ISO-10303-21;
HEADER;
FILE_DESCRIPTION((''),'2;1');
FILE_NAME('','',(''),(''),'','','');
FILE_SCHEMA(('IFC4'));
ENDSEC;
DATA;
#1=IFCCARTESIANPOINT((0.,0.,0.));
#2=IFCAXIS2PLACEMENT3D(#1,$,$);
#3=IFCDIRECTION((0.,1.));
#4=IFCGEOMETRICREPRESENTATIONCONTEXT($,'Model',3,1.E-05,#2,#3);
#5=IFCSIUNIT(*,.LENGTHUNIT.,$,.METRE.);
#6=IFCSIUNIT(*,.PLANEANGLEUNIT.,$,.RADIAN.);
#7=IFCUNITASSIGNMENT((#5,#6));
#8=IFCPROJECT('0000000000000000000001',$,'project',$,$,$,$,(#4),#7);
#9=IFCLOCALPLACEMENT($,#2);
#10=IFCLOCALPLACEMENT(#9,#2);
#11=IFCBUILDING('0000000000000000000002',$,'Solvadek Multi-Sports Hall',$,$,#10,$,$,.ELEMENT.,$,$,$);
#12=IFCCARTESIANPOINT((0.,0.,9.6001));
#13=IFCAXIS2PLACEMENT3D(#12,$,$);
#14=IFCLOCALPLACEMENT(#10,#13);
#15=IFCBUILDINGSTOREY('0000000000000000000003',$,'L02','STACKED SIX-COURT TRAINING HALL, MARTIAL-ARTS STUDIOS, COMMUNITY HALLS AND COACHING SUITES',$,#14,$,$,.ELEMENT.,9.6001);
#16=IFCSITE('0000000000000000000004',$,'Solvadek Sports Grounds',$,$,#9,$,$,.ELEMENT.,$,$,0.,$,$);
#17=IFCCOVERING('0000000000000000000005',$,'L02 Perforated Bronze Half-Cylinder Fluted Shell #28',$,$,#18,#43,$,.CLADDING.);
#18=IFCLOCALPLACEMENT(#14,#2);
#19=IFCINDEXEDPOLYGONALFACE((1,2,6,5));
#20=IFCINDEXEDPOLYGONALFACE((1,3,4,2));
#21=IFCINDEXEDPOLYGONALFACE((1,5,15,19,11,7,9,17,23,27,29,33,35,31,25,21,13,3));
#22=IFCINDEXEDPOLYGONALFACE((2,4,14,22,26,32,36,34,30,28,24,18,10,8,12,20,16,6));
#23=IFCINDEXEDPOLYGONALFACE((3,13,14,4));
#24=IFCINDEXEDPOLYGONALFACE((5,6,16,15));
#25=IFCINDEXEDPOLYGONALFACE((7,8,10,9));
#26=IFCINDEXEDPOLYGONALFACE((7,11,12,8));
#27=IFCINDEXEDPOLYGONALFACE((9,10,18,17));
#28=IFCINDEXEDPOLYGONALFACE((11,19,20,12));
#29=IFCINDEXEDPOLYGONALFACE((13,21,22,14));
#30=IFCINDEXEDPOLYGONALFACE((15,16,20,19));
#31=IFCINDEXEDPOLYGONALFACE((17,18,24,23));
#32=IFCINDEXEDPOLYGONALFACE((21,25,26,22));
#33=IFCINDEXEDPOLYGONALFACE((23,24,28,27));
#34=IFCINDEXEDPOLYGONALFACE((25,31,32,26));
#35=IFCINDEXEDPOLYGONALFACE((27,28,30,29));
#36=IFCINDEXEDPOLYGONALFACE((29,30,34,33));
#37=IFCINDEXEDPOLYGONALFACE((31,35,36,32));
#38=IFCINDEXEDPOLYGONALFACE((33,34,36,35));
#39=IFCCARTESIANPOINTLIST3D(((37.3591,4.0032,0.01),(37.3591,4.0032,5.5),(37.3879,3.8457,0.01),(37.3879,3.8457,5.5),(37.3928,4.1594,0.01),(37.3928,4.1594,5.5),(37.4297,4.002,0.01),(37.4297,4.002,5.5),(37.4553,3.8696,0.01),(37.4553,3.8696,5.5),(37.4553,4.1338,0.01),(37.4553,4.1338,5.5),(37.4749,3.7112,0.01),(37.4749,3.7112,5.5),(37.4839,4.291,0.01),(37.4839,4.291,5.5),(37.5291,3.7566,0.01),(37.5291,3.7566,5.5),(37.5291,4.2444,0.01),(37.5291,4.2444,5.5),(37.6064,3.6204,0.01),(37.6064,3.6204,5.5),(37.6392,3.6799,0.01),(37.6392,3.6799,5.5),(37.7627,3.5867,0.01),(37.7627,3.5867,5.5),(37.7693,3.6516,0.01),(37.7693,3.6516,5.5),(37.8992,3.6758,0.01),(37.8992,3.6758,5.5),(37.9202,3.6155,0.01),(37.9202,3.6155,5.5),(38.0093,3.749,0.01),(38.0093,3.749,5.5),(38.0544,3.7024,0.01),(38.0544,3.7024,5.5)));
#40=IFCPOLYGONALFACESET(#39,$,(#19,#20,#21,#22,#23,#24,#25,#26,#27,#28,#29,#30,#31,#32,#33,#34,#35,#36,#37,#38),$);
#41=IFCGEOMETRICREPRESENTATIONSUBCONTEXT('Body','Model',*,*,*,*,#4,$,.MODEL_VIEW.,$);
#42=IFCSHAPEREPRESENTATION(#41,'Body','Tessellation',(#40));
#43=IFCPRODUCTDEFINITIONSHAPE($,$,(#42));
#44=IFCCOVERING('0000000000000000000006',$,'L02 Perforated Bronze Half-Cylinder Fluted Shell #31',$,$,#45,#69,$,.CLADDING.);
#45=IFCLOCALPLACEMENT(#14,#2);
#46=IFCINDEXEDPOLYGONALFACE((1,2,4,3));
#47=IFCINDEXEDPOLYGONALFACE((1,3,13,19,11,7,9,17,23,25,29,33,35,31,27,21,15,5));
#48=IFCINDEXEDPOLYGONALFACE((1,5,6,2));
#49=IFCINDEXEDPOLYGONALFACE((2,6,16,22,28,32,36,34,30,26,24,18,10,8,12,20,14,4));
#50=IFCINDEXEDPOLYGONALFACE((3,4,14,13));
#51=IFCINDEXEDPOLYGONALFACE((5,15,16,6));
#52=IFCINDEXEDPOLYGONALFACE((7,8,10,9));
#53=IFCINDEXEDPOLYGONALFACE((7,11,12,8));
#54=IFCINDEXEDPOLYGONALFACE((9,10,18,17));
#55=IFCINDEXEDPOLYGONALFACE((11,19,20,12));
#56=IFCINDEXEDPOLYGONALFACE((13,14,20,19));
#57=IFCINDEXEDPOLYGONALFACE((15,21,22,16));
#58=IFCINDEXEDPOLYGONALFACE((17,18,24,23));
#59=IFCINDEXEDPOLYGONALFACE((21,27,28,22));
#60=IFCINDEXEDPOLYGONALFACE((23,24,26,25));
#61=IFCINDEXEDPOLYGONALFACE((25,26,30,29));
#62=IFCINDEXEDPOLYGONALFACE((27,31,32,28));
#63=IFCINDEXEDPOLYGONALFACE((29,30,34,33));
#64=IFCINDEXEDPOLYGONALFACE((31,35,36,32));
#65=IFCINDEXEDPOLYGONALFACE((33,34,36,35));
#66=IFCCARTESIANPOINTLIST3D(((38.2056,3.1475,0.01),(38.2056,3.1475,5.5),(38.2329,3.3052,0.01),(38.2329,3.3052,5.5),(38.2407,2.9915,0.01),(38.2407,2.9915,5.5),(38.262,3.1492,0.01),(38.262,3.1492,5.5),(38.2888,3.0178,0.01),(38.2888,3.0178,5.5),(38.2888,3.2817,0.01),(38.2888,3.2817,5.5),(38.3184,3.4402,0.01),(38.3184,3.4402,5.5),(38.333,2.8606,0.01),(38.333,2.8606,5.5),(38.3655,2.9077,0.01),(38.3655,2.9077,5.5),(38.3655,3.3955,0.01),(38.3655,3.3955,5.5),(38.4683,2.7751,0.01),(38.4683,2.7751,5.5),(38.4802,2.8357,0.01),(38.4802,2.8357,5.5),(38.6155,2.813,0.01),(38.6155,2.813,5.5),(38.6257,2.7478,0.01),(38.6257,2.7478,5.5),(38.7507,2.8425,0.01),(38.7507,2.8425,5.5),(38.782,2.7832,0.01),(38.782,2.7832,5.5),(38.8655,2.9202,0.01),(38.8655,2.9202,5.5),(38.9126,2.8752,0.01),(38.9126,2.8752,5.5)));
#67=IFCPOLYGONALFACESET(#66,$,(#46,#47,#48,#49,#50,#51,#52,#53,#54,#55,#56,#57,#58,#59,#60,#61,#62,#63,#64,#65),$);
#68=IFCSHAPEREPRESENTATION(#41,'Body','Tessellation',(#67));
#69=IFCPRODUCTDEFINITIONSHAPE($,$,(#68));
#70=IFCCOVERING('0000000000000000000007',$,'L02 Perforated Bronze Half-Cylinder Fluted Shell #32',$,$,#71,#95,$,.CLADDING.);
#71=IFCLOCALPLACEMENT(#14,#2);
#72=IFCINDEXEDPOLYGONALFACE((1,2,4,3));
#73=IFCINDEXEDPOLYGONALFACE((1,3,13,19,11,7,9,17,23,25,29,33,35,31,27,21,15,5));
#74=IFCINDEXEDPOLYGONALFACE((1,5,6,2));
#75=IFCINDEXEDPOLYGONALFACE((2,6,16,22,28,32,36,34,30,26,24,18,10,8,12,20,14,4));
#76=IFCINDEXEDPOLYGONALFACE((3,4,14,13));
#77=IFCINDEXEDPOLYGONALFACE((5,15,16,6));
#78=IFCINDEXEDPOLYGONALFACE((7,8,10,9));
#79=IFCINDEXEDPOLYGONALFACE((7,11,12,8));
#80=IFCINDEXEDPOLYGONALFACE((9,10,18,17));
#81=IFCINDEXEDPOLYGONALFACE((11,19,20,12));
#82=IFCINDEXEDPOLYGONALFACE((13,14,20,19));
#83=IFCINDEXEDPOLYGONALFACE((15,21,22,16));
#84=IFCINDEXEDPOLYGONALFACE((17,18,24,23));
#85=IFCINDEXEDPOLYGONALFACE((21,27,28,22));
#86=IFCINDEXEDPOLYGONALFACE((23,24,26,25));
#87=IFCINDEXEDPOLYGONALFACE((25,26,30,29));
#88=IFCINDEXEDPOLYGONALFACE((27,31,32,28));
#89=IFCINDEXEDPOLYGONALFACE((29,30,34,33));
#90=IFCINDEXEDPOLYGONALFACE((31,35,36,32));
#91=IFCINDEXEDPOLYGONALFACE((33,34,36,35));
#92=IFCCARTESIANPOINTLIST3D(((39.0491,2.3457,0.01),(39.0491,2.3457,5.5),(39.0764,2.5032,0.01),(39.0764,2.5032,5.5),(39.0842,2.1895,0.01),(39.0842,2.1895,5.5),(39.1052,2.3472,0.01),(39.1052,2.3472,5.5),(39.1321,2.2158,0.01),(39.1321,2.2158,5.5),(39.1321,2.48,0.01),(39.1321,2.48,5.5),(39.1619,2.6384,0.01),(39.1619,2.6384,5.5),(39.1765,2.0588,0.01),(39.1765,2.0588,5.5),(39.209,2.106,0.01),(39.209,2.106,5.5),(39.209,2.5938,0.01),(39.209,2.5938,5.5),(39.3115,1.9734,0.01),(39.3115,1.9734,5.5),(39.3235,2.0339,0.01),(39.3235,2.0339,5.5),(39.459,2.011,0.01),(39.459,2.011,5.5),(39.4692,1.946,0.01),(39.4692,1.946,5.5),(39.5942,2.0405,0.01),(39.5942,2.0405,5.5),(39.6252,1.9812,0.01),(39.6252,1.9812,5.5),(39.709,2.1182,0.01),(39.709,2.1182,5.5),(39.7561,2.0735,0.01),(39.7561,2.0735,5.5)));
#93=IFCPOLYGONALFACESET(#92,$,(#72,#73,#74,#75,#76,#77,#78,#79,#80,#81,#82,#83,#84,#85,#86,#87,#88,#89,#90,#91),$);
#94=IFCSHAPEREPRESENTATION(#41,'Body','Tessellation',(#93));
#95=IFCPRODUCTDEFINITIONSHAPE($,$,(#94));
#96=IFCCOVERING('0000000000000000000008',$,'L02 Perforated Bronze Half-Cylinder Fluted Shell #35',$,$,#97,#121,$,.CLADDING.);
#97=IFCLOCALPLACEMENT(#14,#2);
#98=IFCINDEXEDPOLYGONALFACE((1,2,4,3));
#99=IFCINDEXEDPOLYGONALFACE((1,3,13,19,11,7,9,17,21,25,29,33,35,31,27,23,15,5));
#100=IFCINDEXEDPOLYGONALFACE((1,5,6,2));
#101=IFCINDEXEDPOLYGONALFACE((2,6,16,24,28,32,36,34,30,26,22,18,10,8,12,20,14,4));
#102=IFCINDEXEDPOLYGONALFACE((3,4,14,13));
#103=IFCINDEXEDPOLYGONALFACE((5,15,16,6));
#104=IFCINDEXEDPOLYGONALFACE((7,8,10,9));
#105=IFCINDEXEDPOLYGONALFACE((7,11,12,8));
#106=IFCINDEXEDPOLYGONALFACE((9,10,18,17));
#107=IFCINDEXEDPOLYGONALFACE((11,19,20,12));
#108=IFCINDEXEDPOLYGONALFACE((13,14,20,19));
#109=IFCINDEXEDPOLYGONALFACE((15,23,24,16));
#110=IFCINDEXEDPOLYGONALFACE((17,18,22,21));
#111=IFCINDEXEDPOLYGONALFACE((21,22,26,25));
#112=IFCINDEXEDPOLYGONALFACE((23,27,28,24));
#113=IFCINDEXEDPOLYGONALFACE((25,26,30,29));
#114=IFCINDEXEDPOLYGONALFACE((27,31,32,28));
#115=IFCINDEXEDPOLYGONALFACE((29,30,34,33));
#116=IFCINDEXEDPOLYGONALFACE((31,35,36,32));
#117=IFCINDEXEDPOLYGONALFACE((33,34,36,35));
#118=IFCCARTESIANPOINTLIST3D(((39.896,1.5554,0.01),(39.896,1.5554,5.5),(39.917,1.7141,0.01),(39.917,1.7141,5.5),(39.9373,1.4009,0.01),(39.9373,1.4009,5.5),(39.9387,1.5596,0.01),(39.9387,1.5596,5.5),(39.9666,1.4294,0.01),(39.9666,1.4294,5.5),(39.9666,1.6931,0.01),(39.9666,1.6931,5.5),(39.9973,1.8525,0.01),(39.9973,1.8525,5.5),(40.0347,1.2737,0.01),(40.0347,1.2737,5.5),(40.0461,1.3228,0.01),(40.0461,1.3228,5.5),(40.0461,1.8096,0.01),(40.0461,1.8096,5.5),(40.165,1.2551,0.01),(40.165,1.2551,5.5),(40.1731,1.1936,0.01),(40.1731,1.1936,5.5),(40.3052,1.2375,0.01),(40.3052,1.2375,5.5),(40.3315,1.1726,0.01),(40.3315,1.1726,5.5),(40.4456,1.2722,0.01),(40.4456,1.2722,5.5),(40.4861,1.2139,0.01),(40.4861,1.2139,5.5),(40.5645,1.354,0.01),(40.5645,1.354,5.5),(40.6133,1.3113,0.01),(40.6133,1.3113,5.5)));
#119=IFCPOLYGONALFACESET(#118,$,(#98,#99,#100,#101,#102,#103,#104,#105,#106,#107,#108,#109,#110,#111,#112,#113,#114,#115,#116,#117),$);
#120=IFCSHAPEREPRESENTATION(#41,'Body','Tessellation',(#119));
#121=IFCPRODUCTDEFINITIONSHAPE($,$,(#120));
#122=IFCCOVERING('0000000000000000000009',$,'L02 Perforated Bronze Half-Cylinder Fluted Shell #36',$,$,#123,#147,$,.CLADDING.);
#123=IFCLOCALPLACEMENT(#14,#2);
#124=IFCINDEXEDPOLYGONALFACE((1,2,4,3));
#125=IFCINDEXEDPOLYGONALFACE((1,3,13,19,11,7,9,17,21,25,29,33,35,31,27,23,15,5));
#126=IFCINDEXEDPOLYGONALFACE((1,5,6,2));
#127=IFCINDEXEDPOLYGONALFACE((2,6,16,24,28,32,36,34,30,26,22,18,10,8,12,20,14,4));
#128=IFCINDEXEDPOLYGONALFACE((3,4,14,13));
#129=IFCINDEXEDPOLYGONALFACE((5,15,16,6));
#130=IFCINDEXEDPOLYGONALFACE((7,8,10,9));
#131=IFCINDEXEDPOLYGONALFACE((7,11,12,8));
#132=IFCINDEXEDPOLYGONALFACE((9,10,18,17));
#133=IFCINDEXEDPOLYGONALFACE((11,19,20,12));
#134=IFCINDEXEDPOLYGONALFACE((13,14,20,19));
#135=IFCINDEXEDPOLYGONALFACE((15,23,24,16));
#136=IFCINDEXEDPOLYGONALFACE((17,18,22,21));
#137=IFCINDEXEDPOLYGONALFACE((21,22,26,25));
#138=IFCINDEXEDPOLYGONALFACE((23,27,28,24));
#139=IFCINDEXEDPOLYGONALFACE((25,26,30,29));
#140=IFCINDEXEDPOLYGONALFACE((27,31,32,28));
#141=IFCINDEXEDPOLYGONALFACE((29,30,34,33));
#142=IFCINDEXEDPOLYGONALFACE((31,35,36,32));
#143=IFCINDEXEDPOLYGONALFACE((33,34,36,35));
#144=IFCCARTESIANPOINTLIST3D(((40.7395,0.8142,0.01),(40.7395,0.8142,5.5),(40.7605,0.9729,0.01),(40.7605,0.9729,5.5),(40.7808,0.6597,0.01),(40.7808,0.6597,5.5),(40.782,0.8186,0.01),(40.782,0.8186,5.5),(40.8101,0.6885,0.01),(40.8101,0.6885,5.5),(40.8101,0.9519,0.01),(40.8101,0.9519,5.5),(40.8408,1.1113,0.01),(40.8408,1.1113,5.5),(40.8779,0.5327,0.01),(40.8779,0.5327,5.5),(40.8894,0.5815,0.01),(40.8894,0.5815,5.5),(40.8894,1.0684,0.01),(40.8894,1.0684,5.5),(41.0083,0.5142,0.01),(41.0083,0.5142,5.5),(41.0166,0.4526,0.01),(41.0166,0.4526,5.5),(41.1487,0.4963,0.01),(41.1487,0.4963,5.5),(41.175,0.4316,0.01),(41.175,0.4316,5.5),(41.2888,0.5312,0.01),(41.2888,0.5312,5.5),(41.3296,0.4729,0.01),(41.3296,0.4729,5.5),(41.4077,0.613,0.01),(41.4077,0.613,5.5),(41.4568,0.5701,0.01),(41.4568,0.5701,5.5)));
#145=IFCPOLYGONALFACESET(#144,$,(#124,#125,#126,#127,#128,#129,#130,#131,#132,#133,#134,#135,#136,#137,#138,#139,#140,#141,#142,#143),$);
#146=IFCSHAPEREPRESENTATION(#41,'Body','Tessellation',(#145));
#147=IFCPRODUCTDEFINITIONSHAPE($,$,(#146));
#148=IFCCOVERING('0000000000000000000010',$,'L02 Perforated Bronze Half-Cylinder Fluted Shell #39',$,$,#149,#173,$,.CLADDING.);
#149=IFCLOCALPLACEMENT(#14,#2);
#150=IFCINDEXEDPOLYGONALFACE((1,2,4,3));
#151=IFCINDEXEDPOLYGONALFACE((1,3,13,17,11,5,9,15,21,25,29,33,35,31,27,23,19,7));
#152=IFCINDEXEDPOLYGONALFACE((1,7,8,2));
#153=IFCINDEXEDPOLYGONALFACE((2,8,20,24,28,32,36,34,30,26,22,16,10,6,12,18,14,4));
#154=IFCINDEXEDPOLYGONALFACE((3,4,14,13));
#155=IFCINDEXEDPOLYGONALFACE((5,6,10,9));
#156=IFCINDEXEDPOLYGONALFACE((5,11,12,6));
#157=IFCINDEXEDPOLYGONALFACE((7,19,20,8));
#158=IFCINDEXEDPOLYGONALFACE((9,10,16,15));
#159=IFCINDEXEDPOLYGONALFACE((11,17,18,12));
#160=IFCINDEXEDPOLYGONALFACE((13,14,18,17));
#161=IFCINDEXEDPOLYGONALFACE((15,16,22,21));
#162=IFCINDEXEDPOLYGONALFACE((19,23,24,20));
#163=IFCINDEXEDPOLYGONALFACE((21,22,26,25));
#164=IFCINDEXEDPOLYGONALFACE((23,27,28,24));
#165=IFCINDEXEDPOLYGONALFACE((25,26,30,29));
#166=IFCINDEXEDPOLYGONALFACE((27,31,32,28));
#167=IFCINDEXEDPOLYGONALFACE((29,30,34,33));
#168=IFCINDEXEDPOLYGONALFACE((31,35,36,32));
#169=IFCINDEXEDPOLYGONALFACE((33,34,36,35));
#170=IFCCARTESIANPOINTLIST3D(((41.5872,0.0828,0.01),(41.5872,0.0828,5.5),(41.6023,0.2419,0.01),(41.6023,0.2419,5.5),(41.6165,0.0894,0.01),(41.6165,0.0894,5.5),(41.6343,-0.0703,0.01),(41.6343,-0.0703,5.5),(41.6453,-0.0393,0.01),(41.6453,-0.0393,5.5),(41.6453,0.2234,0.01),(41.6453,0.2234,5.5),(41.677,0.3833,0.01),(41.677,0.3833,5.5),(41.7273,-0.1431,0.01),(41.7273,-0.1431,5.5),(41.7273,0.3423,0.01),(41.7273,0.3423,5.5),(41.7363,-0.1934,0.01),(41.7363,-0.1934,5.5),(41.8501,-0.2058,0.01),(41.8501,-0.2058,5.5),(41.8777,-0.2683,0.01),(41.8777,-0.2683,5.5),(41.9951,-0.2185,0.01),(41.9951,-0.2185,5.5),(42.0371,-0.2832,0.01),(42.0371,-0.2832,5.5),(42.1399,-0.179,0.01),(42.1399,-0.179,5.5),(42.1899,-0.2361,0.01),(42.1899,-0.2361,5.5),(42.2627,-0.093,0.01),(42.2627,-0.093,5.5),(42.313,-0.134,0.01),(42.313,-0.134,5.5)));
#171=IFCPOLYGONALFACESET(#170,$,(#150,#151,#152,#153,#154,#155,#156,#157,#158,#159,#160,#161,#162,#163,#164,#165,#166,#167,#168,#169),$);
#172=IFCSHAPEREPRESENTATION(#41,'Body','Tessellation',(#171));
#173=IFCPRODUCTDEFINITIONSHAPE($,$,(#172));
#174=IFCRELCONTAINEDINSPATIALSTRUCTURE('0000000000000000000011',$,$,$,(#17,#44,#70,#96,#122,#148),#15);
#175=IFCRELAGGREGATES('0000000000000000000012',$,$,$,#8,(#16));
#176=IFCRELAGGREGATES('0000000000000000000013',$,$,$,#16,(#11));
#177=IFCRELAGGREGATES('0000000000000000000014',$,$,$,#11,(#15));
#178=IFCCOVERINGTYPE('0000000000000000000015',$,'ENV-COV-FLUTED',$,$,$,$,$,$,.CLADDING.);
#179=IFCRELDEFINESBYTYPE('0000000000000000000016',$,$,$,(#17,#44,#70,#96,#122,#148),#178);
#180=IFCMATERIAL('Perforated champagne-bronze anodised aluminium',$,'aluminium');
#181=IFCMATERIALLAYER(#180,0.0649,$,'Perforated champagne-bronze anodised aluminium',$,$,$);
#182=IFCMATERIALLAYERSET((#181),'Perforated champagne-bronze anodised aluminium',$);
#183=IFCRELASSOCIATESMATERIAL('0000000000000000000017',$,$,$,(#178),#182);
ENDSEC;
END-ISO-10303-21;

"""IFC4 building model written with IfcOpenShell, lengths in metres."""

from ifc_helpers import new_model, si_unit, direction, frame, origin, place, context, subcontext, project, spatial, polyline, outline, extrude, material, layer, layer_set, type_object, element, save


model = new_model("IFC4")

# Units and contexts
model_context = context("Model", 3, precision=1e-05, world=origin(), true_north=direction((0.0, 1.0)))
body_context = subcontext(model_context, "Body", "Model", "MODEL_VIEW")
ifc_project = project(units=[si_unit("LENGTHUNIT", "METRE"), si_unit("PLANEANGLEUNIT", "RADIAN")], contexts=[model_context])

# Site, building, storey
site_placement = place(None, origin())
site = spatial("IfcSite", under=ifc_project, at=site_placement, Name="Solvadek Sports Grounds", CompositionType="ELEMENT", RefElevation=0.0)
building_placement = place(site_placement, origin())
building = spatial("IfcBuilding", under=site, at=building_placement, Name="Solvadek Multi-Sports Hall", CompositionType="ELEMENT")
storey_placement = place(building_placement, frame((0.0, 0.0, 9.6001)))
storey = spatial("IfcBuildingStorey", under=building, at=storey_placement, Name="L02", Description="STACKED SIX-COURT TRAINING HALL, MARTIAL-ARTS STUDIOS, COMMUNITY HALLS AND COACHING SUITES", CompositionType="ELEMENT", Elevation=9.6001)

# Coverings
ifc_material = material(Name="Perforated champagne-bronze anodised aluminium", Category="aluminium")
ifc_layer = layer(ifc_material, 0.0649, Name="Perforated champagne-bronze anodised aluminium")
ifc_layer_set = layer_set([ifc_layer], Name="Perforated champagne-bronze anodised aluminium")
covering_type = type_object("IfcCoveringType", Name="ENV-COV-FLUTED", PredefinedType="CLADDING", material=ifc_layer_set)
covering_1_placement = place(storey_placement, frame((0.0, 0.0, 0.01)))
element("IfcCovering", 1, at=covering_1_placement, inside=storey, type_object=covering_type, Name="L02 Perforated Bronze Half-Cylinder Fluted Shell #28", PredefinedType="CLADDING", context=body_context, shape_type="SweptSolid", body=[
    extrude(outline(polyline([(38.0544, 3.7024), (37.9202, 3.6155), (37.7627, 3.5867), (37.6064, 3.6204), (37.4749, 3.7112), (37.3879, 3.8457), (37.3591, 4.0032), (37.3928, 4.1594), (37.4839, 4.291), (37.5291, 4.2444), (37.4553, 4.1338), (37.4297, 4.002), (37.4553, 3.8696), (37.5291, 3.7566), (37.6392, 3.6799), (37.7693, 3.6516), (37.8992, 3.6758), (38.0093, 3.749), (38.0544, 3.7024)])), origin(), (0.0, 0.0, 1.0), 5.49),
])
covering_2_placement = place(storey_placement, frame((0.0, 0.0, 0.01)))
element("IfcCovering", 2, at=covering_2_placement, inside=storey, type_object=covering_type, Name="L02 Perforated Bronze Half-Cylinder Fluted Shell #31", PredefinedType="CLADDING", context=body_context, shape_type="SweptSolid", body=[
    extrude(outline(polyline([(38.9126, 2.8752), (38.782, 2.7832), (38.6257, 2.7478), (38.4683, 2.7751), (38.333, 2.8606), (38.2407, 2.9915), (38.2056, 3.1475), (38.2329, 3.3052), (38.3184, 3.4402), (38.3655, 3.3955), (38.2888, 3.2817), (38.262, 3.1492), (38.2888, 3.0178), (38.3655, 2.9077), (38.4802, 2.8357), (38.6155, 2.813), (38.7507, 2.8425), (38.8655, 2.9202), (38.9126, 2.8752)])), origin(), (0.0, 0.0, 1.0), 5.49),
])
covering_3_placement = place(storey_placement, frame((0.0, 0.0, 0.01)))
element("IfcCovering", 3, at=covering_3_placement, inside=storey, type_object=covering_type, Name="L02 Perforated Bronze Half-Cylinder Fluted Shell #32", PredefinedType="CLADDING", context=body_context, shape_type="SweptSolid", body=[
    extrude(outline(polyline([(39.7561, 2.0735), (39.6252, 1.9812), (39.4692, 1.946), (39.3115, 1.9734), (39.1765, 2.0588), (39.0842, 2.1895), (39.0491, 2.3457), (39.0764, 2.5032), (39.1619, 2.6384), (39.209, 2.5938), (39.1321, 2.48), (39.1052, 2.3472), (39.1321, 2.2158), (39.209, 2.106), (39.3235, 2.0339), (39.459, 2.011), (39.5942, 2.0405), (39.709, 2.1182), (39.7561, 2.0735)])), origin(), (0.0, 0.0, 1.0), 5.49),
])
covering_4_placement = place(storey_placement, frame((0.0, 0.0, 0.01)))
element("IfcCovering", 4, at=covering_4_placement, inside=storey, type_object=covering_type, Name="L02 Perforated Bronze Half-Cylinder Fluted Shell #35", PredefinedType="CLADDING", context=body_context, shape_type="SweptSolid", body=[
    extrude(outline(polyline([(40.6133, 1.3113), (40.4861, 1.2139), (40.3315, 1.1726), (40.1731, 1.1936), (40.0347, 1.2737), (39.9373, 1.4009), (39.896, 1.5554), (39.917, 1.7141), (39.9973, 1.8525), (40.0461, 1.8096), (39.9666, 1.6931), (39.9387, 1.5596), (39.9666, 1.4294), (40.0461, 1.3228), (40.165, 1.2551), (40.3052, 1.2375), (40.4456, 1.2722), (40.5645, 1.354), (40.6133, 1.3113)])), origin(), (0.0, 0.0, 1.0), 5.49),
])
covering_5_placement = place(storey_placement, frame((0.0, 0.0, 0.01)))
element("IfcCovering", 5, at=covering_5_placement, inside=storey, type_object=covering_type, Name="L02 Perforated Bronze Half-Cylinder Fluted Shell #36", PredefinedType="CLADDING", context=body_context, shape_type="SweptSolid", body=[
    extrude(outline(polyline([(41.4568, 0.5701), (41.3296, 0.4729), (41.175, 0.4316), (41.0166, 0.4526), (40.8779, 0.5327), (40.7808, 0.6597), (40.7395, 0.8142), (40.7605, 0.9729), (40.8408, 1.1113), (40.8894, 1.0684), (40.8101, 0.9519), (40.782, 0.8186), (40.8101, 0.6885), (40.8894, 0.5815), (41.0083, 0.5142), (41.1487, 0.4963), (41.2888, 0.5312), (41.4077, 0.613), (41.4568, 0.5701)])), origin(), (0.0, 0.0, 1.0), 5.49),
])
covering_6_placement = place(storey_placement, frame((0.0, 0.0, 0.01)))
element("IfcCovering", 6, at=covering_6_placement, inside=storey, type_object=covering_type, Name="L02 Perforated Bronze Half-Cylinder Fluted Shell #39", PredefinedType="CLADDING", context=body_context, shape_type="SweptSolid", body=[
    extrude(outline(polyline([(42.313, -0.134), (42.1899, -0.2361), (42.0371, -0.2832), (41.8777, -0.2683), (41.7363, -0.1934), (41.6343, -0.0703), (41.5872, 0.0828), (41.6023, 0.2419), (41.677, 0.3833), (41.7273, 0.3423), (41.6453, 0.2234), (41.6165, 0.0894), (41.6453, -0.0393), (41.7273, -0.1431), (41.8501, -0.2058), (41.9951, -0.2185), (42.1399, -0.179), (42.2627, -0.093), (42.313, -0.134)])), origin(), (0.0, 0.0, 1.0), 5.49),
])

save(model, "model.ifc")
